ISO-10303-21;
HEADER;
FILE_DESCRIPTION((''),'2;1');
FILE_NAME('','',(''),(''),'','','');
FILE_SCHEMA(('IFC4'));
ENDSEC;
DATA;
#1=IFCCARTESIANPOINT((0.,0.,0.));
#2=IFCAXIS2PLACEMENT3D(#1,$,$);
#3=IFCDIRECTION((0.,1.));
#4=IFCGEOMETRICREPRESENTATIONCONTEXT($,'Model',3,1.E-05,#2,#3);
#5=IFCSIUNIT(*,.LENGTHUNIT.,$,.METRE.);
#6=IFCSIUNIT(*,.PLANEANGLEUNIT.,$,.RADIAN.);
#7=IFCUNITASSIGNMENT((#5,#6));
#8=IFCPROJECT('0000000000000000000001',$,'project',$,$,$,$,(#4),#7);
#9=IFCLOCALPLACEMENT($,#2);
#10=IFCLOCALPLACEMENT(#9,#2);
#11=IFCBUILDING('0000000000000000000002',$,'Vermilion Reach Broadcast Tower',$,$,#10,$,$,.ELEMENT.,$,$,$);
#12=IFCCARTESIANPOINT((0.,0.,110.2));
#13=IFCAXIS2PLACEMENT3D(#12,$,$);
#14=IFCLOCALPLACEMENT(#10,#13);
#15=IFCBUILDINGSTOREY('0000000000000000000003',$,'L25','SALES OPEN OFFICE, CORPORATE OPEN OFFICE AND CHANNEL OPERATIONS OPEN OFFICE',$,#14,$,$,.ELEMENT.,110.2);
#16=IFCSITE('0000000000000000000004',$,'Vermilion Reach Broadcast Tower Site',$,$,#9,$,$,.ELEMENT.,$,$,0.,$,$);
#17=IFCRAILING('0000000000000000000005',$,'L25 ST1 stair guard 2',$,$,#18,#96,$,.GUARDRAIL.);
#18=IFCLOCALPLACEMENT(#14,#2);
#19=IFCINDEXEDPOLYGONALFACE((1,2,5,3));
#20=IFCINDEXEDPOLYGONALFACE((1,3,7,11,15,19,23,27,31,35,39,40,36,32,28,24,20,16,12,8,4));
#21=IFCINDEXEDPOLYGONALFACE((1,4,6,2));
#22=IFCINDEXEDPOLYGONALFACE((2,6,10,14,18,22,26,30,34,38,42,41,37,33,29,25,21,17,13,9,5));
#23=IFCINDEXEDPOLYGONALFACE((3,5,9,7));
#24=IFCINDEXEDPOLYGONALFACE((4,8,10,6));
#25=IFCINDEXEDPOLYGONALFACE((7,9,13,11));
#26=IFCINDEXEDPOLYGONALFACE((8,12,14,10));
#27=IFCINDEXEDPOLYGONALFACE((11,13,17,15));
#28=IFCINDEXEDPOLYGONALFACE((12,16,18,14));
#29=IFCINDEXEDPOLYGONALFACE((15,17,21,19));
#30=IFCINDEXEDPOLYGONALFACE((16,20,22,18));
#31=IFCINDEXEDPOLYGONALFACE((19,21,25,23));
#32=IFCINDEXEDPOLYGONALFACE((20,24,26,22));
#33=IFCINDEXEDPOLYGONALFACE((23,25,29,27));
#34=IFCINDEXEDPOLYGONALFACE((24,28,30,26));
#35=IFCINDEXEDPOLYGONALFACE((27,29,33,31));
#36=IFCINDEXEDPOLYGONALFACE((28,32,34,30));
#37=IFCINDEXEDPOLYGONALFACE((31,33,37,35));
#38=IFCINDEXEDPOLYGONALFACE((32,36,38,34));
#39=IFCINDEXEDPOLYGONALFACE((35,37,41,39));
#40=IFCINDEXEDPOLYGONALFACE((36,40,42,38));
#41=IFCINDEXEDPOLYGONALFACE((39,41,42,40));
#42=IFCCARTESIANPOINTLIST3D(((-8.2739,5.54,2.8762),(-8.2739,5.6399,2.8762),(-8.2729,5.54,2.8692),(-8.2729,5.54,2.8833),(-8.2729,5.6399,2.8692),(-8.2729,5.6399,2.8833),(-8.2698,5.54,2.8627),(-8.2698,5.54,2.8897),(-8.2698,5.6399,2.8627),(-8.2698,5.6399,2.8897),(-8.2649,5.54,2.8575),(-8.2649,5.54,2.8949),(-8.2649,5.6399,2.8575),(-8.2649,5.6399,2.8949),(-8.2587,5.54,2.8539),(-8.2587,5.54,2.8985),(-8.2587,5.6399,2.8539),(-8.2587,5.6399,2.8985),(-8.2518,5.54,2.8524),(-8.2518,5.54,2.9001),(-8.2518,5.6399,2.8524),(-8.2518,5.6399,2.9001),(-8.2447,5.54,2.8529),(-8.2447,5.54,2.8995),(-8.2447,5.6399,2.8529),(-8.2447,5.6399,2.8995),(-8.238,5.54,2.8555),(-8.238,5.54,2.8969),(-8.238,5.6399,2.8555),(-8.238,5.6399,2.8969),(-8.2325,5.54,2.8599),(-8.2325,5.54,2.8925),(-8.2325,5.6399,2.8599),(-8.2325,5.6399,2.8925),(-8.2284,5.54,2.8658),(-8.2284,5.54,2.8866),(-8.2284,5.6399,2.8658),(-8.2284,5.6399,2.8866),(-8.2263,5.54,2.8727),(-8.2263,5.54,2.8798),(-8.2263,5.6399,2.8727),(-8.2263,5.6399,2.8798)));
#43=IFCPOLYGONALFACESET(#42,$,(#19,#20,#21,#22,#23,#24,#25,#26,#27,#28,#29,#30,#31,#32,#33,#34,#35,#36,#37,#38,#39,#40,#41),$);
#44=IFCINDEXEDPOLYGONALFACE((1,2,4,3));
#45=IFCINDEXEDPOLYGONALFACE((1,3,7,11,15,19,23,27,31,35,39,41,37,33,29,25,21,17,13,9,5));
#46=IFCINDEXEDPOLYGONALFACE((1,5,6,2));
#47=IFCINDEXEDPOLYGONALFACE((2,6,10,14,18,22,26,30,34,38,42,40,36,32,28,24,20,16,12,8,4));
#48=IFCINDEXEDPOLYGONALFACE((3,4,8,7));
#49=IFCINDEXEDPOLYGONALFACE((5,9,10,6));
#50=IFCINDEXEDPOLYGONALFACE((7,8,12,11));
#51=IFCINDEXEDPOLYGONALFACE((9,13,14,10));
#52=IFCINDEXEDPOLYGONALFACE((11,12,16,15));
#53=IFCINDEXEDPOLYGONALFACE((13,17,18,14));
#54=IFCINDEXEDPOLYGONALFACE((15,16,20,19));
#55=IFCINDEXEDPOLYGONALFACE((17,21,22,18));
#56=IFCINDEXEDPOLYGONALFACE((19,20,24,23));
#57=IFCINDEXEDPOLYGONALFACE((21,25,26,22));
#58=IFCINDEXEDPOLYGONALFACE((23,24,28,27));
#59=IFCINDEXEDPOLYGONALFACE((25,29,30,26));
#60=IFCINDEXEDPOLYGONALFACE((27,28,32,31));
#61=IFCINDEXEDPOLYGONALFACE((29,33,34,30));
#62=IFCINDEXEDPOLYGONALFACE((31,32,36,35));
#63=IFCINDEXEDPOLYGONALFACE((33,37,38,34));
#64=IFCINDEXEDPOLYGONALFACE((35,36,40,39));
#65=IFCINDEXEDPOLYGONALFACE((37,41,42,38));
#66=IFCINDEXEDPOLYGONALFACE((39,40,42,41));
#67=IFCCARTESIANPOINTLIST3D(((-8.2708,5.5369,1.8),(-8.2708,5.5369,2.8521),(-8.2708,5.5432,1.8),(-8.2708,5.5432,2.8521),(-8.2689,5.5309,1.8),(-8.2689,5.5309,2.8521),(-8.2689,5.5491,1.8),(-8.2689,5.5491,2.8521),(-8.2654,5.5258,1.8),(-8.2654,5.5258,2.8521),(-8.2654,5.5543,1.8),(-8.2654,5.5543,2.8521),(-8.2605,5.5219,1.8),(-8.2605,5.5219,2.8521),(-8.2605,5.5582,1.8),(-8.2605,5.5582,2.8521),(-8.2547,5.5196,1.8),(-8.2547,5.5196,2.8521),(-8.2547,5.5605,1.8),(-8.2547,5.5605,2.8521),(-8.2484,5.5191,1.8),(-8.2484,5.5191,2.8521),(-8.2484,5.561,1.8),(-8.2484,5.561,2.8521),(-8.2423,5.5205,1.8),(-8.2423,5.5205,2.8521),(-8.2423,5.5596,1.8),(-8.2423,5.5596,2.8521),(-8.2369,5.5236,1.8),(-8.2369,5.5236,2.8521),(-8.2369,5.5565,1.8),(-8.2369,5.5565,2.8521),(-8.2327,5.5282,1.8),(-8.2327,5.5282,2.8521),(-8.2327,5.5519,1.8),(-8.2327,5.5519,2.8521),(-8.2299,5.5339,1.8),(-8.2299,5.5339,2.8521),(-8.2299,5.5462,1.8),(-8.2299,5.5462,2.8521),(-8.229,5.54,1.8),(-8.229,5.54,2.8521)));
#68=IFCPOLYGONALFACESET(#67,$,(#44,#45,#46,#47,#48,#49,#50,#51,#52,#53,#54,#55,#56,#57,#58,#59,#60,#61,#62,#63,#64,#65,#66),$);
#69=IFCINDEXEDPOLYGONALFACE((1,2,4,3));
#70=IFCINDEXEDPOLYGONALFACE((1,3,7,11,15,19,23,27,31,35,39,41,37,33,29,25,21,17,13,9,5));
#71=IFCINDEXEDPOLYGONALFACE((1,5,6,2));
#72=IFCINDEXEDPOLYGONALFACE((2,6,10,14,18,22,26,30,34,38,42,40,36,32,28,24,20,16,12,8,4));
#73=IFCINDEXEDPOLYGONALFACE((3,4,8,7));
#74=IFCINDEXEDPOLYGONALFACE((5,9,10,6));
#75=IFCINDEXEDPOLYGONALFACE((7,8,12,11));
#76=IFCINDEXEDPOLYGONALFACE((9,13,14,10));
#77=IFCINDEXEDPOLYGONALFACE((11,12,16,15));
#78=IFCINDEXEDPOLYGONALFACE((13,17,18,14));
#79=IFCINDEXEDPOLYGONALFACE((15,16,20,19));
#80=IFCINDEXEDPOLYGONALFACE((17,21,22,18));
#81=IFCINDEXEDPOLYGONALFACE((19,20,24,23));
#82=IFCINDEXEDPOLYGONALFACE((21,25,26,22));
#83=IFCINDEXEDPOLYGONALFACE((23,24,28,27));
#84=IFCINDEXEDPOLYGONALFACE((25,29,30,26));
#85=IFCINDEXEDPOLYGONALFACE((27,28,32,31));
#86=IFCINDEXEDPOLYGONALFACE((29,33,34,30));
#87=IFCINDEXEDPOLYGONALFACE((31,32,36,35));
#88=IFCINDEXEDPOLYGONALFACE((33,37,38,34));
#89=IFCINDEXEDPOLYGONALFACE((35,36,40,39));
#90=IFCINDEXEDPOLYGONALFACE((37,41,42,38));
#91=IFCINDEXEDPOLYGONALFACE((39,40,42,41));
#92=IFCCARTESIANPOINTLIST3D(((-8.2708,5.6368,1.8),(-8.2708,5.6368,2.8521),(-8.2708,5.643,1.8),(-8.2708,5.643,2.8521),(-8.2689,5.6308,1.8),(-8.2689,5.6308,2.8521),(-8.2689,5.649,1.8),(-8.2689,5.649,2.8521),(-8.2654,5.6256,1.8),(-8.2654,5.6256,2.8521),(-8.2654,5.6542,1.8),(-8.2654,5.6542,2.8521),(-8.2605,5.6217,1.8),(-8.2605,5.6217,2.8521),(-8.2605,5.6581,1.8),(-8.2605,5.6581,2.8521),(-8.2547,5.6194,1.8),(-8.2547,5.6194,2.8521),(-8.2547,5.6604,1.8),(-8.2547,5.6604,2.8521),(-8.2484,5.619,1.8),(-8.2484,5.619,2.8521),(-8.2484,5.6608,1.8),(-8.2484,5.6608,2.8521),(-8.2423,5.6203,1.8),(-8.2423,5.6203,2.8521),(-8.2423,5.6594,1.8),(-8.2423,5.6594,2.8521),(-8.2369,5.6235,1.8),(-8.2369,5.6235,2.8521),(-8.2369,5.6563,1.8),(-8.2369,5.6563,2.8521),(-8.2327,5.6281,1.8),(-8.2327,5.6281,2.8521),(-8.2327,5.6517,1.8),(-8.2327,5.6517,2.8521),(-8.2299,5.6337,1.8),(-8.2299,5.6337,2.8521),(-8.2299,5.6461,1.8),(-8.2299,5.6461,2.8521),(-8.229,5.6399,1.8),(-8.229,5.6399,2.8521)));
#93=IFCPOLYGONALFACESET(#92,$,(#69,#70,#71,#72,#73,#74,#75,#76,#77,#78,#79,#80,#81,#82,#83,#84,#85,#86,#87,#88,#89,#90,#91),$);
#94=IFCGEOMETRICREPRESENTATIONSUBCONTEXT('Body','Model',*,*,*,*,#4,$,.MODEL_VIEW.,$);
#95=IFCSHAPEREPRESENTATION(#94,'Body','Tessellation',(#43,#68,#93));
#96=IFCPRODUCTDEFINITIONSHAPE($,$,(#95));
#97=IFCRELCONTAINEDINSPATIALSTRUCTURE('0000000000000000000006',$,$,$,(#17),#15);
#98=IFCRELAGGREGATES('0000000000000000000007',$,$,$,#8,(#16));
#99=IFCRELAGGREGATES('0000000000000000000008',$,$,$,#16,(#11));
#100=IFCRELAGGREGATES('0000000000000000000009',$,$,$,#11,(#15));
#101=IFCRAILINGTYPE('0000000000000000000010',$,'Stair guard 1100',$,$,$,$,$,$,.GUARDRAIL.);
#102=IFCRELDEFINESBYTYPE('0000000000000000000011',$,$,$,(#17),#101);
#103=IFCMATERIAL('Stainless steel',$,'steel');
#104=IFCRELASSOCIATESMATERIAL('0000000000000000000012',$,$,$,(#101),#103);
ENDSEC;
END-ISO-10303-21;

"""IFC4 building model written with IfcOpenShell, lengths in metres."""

from ifc_helpers import new_model, si_unit, direction, frame, origin, origin_2d, place, context, subcontext, project, spatial, circle, extrude, material, type_object, element, save


model = new_model("IFC4")

# Units and contexts
model_context = context("Model", 3, precision=1e-05, world=origin(), true_north=direction((0.0, 1.0)))
body_context = subcontext(model_context, "Body", "Model", "MODEL_VIEW")
ifc_project = project(units=[si_unit("LENGTHUNIT", "METRE"), si_unit("PLANEANGLEUNIT", "RADIAN")], contexts=[model_context])

# Site, building, storey
site_placement = place(None, origin())
site = spatial("IfcSite", under=ifc_project, at=site_placement, Name="Vermilion Reach Broadcast Tower Site", CompositionType="ELEMENT", RefElevation=0.0)
building_placement = place(site_placement, origin())
building = spatial("IfcBuilding", under=site, at=building_placement, Name="Vermilion Reach Broadcast Tower", CompositionType="ELEMENT")
storey_placement = place(building_placement, frame((0.0, 0.0, 110.2)))
storey = spatial("IfcBuildingStorey", under=building, at=storey_placement, Name="L25", Description="SALES OPEN OFFICE, CORPORATE OPEN OFFICE AND CHANNEL OPERATIONS OPEN OFFICE", CompositionType="ELEMENT", Elevation=110.2)

# Railing
ifc_material_1 = material(Name="Stainless steel", Category="steel")
railing_type_1 = type_object("IfcRailingType", Name="Stair guard 1100", PredefinedType="GUARDRAIL", material=ifc_material_1)
railing_1_placement = place(storey_placement, frame((-8.25, 5.54, 1.8)))
element("IfcRailing", 1, at=railing_1_placement, inside=storey, type_object=railing_type_1, Name="L25 ST1 stair guard 2", PredefinedType="GUARDRAIL", context=body_context, shape_type="SweptSolid", body=[
    extrude(circle(Radius=0.0239, at=origin_2d()), frame((0.0, 0.0, 1.0762), z_axis=(0.0, 1.0, 0.0), x_axis=(-1.0, 0.0, 0.0)), (0.0, 0.0, 1.0), 0.0999),
    extrude(circle(Radius=0.021, at=origin_2d()), origin(), (0.0, 0.0, 1.0), 1.052),
    extrude(circle(Radius=0.021, at=origin_2d()), frame((0.0, 0.0999, 0.0)), (0.0, 0.0, 1.0), 1.052),
])

save(model, "model.ifc")
